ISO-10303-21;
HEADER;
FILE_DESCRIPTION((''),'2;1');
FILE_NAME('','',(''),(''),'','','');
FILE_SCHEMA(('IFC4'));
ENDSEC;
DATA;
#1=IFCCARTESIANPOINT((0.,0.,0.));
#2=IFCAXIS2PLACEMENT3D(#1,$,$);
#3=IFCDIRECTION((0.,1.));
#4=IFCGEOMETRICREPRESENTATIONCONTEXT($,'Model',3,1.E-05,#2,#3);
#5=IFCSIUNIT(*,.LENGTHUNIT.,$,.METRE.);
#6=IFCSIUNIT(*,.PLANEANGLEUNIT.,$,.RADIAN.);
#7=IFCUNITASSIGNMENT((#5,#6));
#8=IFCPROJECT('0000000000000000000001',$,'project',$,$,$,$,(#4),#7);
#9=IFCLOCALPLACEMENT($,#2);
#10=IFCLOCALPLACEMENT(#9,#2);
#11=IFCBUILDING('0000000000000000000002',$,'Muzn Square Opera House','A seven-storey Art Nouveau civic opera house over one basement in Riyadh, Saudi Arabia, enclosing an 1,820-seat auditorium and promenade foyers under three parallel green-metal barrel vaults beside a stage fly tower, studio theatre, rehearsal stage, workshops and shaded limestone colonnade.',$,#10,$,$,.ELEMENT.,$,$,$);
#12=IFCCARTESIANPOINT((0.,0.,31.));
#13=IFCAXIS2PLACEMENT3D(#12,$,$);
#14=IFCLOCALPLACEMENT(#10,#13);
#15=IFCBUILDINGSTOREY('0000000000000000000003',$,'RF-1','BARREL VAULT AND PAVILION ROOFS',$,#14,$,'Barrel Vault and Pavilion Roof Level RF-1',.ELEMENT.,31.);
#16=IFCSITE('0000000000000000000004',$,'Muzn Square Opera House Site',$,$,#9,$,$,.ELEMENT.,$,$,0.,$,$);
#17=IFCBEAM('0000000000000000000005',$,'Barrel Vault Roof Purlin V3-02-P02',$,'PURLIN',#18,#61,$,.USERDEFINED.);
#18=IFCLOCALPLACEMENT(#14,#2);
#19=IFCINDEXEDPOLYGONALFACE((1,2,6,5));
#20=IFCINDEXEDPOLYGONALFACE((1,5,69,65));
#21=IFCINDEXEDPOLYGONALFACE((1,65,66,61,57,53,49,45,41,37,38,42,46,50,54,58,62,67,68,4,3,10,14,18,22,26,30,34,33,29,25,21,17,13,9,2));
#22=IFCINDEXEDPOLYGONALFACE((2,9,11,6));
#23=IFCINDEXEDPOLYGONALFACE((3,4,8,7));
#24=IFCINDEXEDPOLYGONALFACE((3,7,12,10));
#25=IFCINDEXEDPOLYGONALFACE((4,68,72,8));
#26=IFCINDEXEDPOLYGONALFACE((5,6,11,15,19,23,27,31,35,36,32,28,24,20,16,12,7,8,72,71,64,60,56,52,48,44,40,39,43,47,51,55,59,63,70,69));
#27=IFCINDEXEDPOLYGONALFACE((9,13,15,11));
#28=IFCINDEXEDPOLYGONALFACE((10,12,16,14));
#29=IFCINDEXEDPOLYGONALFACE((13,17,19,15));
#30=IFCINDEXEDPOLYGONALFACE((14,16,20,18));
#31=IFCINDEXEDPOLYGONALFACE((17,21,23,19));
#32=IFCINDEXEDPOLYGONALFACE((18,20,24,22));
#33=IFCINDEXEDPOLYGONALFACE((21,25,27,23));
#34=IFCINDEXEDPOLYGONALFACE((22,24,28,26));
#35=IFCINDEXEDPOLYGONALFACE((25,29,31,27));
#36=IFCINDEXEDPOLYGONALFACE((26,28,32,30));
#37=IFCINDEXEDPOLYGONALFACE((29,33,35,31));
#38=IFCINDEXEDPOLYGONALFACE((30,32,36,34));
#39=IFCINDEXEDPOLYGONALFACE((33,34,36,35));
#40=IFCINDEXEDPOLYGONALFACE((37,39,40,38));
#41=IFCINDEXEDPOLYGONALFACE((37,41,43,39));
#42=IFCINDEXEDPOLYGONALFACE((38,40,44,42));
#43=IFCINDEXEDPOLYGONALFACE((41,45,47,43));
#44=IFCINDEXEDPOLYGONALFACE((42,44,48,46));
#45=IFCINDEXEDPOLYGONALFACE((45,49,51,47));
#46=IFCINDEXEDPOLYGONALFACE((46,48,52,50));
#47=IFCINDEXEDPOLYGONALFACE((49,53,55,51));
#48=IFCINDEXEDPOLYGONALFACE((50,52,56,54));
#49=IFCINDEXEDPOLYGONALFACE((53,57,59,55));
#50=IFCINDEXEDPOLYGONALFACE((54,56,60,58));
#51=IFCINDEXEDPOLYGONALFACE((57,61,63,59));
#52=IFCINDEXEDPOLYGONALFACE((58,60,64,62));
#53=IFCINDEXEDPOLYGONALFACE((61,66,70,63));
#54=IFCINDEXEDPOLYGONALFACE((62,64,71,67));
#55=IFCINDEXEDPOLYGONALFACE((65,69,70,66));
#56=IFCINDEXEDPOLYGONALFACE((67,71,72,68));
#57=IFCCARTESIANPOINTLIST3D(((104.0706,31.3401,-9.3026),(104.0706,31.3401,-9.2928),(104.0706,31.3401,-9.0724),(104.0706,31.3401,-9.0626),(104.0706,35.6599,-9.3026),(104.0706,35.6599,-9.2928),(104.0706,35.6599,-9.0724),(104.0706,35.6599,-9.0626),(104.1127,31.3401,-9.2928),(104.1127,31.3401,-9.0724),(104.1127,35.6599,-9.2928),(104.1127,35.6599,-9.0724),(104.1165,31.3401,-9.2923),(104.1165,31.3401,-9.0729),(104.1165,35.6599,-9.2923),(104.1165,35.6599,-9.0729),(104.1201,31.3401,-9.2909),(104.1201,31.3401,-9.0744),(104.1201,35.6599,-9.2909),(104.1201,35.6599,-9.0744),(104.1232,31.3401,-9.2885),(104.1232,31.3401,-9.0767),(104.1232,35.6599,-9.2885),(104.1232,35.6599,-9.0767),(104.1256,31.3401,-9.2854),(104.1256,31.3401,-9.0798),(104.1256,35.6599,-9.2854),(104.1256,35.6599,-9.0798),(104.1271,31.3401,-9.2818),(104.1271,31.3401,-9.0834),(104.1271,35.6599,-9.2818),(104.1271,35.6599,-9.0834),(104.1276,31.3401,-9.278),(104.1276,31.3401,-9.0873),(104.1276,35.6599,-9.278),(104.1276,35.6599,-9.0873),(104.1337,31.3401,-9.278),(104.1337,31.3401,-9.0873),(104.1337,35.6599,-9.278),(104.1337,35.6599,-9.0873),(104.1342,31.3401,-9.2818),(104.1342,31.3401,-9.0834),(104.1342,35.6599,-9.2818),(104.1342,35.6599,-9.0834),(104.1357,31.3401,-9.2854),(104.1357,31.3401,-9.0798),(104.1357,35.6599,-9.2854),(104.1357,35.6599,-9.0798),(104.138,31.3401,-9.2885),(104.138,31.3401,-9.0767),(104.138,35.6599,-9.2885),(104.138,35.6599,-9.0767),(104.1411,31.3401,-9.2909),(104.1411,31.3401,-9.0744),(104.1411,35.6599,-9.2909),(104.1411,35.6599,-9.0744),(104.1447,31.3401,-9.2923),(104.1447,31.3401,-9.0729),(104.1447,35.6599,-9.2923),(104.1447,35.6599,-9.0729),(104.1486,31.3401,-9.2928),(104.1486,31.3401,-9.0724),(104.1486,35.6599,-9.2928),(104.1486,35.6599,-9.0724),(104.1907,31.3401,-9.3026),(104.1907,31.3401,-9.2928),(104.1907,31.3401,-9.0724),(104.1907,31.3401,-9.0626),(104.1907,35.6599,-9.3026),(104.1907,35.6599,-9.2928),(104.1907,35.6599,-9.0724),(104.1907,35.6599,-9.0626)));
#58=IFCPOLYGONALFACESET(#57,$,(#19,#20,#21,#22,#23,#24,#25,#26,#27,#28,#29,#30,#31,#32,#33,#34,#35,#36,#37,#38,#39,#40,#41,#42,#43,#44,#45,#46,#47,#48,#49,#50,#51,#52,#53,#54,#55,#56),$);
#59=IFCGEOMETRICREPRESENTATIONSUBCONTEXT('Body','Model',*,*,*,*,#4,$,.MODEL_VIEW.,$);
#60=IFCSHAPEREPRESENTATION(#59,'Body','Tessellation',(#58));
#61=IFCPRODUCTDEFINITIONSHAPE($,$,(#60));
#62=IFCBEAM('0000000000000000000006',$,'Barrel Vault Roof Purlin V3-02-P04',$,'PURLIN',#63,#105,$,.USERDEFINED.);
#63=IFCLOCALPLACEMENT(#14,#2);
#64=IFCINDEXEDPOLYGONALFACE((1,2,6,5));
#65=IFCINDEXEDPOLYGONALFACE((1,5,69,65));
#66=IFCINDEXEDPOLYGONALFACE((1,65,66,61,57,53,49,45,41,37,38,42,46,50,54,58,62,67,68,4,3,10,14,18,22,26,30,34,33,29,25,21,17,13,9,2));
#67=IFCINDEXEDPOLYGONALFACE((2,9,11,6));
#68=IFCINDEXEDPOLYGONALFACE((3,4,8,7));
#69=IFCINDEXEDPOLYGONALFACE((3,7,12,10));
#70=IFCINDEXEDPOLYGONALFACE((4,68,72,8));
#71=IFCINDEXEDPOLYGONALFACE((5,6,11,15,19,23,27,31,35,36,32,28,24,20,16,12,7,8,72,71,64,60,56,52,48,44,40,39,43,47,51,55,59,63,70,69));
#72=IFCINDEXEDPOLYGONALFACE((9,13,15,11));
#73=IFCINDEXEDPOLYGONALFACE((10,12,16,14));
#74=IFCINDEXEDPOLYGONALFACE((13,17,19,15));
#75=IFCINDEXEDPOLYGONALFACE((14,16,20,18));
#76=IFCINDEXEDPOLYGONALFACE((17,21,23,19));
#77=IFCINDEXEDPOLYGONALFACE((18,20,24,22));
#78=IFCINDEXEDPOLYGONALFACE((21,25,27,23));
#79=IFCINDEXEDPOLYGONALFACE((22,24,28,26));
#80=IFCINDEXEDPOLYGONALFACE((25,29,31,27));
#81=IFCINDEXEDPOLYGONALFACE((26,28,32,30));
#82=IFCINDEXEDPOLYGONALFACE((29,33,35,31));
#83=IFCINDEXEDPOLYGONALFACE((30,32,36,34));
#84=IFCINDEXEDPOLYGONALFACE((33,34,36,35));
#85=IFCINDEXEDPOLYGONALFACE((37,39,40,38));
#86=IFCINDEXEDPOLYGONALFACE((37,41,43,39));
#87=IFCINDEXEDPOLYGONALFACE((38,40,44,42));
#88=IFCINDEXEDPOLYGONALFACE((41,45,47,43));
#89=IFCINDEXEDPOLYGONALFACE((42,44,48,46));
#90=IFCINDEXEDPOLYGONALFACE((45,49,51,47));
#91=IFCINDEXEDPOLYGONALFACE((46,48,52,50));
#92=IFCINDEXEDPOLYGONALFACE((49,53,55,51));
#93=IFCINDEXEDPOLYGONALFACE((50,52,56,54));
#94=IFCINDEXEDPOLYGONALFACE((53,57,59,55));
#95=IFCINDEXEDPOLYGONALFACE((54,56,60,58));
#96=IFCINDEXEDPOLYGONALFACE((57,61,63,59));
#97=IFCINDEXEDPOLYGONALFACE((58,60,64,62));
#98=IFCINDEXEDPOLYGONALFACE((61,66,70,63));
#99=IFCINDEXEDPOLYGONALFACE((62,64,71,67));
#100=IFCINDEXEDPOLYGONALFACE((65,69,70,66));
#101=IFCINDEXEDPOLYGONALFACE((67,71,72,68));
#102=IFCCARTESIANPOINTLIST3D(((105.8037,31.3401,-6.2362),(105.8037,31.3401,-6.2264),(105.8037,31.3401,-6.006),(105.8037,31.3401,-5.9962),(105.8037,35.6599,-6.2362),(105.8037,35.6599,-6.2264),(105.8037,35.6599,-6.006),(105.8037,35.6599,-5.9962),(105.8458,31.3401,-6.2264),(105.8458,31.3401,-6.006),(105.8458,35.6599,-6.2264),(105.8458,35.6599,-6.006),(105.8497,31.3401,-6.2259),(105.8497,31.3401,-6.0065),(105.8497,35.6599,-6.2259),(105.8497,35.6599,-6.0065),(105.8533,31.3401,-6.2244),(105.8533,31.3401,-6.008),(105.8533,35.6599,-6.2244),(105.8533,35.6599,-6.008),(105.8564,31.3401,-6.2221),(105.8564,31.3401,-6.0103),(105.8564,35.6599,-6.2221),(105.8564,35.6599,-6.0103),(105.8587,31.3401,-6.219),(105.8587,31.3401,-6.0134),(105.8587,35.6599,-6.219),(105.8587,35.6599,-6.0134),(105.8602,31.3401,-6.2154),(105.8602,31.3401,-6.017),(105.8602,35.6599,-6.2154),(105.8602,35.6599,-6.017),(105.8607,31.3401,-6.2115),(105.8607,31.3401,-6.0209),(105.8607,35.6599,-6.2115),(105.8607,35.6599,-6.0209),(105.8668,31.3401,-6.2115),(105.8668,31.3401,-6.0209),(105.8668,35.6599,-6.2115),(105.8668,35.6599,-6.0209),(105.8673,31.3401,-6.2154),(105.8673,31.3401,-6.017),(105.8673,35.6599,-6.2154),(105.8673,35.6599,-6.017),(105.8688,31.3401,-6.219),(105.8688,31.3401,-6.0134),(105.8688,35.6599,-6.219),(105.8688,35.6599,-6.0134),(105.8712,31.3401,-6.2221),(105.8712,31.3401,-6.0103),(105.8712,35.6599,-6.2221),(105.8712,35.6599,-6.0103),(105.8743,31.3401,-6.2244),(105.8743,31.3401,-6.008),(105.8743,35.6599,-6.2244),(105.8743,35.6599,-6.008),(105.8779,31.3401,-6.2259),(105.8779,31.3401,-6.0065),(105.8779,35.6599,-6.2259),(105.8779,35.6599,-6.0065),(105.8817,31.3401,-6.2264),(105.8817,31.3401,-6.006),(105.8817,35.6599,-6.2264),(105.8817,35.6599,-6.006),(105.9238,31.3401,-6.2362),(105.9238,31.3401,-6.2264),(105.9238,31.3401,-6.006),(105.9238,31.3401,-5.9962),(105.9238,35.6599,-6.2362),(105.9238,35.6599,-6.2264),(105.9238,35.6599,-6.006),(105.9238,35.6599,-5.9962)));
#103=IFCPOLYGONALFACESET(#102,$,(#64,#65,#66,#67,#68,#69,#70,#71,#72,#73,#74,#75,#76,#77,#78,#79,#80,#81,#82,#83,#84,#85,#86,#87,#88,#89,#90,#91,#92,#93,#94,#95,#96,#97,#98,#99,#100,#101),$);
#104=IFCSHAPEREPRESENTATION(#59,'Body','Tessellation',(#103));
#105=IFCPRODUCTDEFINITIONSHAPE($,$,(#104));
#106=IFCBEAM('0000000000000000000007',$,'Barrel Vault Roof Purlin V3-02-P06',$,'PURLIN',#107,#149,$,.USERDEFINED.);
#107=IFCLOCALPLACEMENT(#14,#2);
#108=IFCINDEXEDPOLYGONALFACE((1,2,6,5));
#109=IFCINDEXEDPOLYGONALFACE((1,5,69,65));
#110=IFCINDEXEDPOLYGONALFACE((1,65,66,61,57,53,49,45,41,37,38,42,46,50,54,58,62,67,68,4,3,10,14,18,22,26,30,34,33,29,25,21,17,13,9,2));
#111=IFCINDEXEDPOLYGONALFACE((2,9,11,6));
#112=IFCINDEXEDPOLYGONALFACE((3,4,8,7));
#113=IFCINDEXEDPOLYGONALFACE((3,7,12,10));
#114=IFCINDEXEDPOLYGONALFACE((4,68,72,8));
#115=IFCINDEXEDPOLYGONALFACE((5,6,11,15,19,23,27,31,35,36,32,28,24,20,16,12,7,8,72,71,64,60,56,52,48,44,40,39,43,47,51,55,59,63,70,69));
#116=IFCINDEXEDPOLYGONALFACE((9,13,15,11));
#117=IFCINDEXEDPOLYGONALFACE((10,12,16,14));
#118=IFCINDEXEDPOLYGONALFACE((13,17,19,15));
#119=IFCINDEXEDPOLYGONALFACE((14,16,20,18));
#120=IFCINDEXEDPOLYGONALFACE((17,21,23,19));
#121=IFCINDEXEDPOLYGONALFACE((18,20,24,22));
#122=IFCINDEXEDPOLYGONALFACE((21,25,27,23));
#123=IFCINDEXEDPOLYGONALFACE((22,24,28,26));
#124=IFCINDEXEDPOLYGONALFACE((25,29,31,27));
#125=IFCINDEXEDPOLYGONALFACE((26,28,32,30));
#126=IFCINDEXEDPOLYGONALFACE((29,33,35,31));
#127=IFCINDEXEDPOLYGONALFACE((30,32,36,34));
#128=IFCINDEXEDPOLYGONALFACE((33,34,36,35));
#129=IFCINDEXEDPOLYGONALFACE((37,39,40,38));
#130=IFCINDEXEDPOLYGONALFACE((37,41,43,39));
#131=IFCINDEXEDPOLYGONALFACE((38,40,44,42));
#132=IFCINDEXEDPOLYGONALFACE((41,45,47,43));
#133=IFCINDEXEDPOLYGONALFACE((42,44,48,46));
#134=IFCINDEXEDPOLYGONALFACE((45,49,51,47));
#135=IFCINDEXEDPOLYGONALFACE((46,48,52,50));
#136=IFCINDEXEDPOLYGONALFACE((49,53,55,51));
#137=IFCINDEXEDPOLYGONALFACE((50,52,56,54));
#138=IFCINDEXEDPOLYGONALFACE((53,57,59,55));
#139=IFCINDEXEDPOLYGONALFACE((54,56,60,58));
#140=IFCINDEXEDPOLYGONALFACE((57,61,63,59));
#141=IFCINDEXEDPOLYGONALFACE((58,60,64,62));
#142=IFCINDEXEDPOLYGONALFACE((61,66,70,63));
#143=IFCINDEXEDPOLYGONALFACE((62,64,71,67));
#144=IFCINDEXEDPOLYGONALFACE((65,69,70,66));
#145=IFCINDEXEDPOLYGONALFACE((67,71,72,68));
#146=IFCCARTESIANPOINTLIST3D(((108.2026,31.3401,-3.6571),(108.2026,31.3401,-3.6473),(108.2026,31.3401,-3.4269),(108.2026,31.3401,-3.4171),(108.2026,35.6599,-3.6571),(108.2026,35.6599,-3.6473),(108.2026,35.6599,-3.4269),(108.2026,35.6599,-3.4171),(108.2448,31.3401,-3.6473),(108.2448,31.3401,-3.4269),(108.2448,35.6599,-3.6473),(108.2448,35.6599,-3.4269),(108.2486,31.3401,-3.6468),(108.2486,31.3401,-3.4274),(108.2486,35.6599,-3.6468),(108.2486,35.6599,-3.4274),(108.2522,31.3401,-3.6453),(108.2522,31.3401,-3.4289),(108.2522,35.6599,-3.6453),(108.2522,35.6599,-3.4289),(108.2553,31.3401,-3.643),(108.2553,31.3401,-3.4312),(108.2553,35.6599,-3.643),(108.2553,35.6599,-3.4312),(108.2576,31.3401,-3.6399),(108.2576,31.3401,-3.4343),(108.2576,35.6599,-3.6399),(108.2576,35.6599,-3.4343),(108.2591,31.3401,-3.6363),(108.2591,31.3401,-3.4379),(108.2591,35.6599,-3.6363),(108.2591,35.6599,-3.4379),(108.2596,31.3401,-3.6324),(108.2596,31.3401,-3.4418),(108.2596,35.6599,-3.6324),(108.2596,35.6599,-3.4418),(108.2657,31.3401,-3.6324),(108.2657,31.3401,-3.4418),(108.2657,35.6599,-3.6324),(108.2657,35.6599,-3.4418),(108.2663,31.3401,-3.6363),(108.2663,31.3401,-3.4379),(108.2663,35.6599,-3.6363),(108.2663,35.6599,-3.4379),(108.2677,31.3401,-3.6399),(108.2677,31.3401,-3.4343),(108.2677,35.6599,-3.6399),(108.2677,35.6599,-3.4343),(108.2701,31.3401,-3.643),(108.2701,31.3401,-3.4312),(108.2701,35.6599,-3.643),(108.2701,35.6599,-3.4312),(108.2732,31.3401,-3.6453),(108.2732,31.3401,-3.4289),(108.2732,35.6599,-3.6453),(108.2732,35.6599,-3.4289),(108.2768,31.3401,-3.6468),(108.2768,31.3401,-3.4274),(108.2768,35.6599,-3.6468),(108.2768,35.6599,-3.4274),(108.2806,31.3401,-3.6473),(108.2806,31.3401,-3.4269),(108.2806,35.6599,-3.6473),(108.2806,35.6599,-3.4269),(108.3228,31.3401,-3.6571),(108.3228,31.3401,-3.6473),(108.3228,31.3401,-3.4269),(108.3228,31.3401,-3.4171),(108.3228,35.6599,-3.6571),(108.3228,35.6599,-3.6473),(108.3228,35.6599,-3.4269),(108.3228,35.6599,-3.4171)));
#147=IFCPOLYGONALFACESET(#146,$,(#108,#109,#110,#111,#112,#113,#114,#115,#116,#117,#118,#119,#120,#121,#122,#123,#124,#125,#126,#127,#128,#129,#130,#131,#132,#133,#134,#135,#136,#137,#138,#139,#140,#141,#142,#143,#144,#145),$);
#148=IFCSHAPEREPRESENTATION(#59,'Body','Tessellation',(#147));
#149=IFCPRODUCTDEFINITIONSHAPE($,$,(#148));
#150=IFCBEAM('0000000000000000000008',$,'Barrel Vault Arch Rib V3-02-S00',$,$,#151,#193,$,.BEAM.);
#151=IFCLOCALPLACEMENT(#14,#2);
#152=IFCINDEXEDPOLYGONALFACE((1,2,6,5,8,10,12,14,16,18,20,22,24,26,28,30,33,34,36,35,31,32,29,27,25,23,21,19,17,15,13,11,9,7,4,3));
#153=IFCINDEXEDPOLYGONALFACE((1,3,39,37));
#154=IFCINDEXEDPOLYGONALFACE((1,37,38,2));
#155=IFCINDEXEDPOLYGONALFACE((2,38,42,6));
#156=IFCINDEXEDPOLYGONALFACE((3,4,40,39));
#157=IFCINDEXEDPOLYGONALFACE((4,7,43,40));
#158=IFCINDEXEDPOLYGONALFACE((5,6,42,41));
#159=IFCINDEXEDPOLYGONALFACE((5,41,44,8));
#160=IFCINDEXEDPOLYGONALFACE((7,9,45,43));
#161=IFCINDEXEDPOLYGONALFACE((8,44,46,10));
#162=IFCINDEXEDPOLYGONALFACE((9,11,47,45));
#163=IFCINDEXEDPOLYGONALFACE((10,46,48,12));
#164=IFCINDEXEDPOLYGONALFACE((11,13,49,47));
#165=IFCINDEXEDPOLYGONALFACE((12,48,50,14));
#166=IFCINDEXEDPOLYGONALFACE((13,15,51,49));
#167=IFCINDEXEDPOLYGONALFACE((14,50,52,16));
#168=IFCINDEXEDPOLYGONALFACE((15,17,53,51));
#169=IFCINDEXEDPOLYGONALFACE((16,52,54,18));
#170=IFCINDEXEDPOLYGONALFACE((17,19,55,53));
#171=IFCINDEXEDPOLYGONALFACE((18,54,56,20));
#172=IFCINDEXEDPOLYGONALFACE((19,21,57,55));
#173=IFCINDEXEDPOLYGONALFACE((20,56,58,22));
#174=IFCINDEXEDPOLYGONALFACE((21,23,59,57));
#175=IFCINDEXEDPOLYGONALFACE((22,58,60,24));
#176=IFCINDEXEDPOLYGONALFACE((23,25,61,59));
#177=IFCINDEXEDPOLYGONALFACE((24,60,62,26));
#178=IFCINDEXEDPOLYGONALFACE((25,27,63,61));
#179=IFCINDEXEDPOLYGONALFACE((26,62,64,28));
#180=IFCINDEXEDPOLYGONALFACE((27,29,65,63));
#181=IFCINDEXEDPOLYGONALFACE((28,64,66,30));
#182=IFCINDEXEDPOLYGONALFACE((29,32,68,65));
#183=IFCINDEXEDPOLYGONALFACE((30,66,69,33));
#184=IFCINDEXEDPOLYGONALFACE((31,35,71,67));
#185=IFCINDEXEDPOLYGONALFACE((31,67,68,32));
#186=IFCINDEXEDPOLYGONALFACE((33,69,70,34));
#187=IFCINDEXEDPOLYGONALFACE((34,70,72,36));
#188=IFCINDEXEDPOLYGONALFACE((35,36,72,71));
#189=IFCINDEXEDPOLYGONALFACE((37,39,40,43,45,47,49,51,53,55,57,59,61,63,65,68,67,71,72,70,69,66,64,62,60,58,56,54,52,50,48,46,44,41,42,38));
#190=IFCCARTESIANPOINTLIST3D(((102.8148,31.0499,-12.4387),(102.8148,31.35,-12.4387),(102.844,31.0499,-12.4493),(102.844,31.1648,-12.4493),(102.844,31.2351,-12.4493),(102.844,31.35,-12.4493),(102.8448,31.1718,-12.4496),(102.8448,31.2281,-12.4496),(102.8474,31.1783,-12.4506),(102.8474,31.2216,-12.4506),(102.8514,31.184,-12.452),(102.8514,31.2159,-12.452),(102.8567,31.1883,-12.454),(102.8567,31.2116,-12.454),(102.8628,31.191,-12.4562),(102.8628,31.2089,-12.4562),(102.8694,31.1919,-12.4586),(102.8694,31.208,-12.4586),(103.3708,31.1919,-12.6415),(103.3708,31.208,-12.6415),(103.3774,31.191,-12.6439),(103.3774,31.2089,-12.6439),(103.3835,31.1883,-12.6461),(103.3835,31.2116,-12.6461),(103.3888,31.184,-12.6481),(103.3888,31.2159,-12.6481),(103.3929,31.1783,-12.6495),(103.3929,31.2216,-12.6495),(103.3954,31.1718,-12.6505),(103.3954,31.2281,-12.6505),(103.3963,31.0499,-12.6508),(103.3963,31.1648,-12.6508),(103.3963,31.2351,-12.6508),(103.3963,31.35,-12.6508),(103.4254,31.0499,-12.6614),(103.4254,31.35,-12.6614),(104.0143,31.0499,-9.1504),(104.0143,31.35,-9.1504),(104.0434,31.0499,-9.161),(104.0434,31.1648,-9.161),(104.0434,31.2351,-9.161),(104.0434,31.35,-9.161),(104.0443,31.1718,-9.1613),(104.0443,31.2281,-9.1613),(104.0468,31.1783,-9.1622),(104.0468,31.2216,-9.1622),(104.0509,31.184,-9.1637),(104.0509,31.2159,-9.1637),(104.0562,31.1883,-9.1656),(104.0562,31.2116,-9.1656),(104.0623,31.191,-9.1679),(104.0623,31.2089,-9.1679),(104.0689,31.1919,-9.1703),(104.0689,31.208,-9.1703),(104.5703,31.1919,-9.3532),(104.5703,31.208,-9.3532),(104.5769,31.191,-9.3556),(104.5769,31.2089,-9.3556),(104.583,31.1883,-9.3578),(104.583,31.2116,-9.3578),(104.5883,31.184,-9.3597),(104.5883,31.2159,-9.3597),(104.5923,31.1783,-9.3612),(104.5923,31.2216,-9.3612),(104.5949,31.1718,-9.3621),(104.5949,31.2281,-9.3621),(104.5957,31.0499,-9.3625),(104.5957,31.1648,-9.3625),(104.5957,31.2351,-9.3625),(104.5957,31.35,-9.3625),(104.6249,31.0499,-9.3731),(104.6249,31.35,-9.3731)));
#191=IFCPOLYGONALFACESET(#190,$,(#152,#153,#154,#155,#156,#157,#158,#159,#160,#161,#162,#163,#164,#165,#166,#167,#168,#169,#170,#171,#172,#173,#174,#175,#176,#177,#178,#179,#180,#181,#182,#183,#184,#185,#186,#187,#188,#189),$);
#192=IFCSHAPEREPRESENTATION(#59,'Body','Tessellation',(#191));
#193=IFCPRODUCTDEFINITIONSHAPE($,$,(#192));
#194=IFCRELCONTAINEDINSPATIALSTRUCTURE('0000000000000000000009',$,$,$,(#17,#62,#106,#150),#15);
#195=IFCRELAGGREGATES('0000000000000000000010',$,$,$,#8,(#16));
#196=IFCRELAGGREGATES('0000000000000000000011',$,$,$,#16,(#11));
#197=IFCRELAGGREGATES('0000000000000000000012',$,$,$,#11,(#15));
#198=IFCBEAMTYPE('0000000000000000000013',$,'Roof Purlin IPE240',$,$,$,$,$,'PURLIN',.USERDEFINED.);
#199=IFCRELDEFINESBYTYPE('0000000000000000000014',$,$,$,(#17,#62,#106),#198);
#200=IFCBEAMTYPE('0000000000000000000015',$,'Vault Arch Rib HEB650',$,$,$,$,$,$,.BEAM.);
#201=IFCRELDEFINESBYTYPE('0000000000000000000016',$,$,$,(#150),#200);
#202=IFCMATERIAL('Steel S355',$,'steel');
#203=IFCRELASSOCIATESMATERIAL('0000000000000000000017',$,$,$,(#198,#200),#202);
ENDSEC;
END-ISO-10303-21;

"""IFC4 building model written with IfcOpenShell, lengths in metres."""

from ifc_helpers import new_model, si_unit, direction, frame, origin, origin_2d, place, context, subcontext, project, spatial, i_section, extrude, material, material_profile, profile_set, type_object, element, save


model = new_model("IFC4")

# Units and contexts
model_context = context("Model", 3, precision=1e-05, world=origin(), true_north=direction((0.0, 1.0)))
body_context = subcontext(model_context, "Body", "Model", "MODEL_VIEW")
ifc_project = project(units=[si_unit("LENGTHUNIT", "METRE"), si_unit("PLANEANGLEUNIT", "RADIAN")], contexts=[model_context])

# Site, building, storey
site_placement = place(None, origin())
site = spatial("IfcSite", under=ifc_project, at=site_placement, Name="Muzn Square Opera House Site", CompositionType="ELEMENT", RefElevation=0.0)
building_placement = place(site_placement, origin())
building = spatial("IfcBuilding", under=site, at=building_placement, Name="Muzn Square Opera House", Description="A seven-storey Art Nouveau civic opera house over one basement in Riyadh, Saudi Arabia, enclosing an 1,820-seat auditorium and promenade foyers under three parallel green-metal barrel vaults beside a stage fly tower, studio theatre, rehearsal stage, workshops and shaded limestone colonnade.", CompositionType="ELEMENT")
storey_placement = place(building_placement, frame((0.0, 0.0, 31.0)))
storey = spatial("IfcBuildingStorey", under=building, at=storey_placement, Name="RF-1", Description="BARREL VAULT AND PAVILION ROOFS", LongName="Barrel Vault and Pavilion Roof Level RF-1", CompositionType="ELEMENT", Elevation=31.0)

# Beams
ifc_material_1 = material(Name="Steel S355", Category="steel")
ifc_material_profile_1 = material_profile(ifc_material_1, i_section(OverallWidth=0.1201, OverallDepth=0.24, WebThickness=0.0061, FlangeThickness=0.0098, FilletRadius=0.0149, at=origin_2d()), Name="IPE 240", Category="steel")
ifc_profile_set_1 = profile_set([ifc_material_profile_1], Name="Steel S355")
beam_type_1 = type_object("IfcBeamType", Name="Roof Purlin IPE240", ElementType="PURLIN", PredefinedType="USERDEFINED", material=ifc_profile_set_1)
for number, where, z_axis, x_axis, name in (
    (1, (104.1306, 31.3401, -9.1826), (0.0, 1.0, 0.0), (-1.0, 0.0, 0.0), "Barrel Vault Roof Purlin V3-02-P02"),
    (2, (105.8638, 31.3401, -6.1162), (0.0, 1.0, 0.0), (-1.0, 0.0, 0.0), "Barrel Vault Roof Purlin V3-02-P04"),
    (3, (108.2627, 31.3401, -3.5371), (0.0, 1.0, 0.0), (-1.0, 0.0, 0.0), "Barrel Vault Roof Purlin V3-02-P06"),
):
    element("IfcBeam", number, at=place(storey_placement, frame(where, z_axis=z_axis, x_axis=x_axis)), inside=storey, type_object=beam_type_1, Name=name, ObjectType="PURLIN", PredefinedType="USERDEFINED", context=body_context, shape_type="SweptSolid", body=[
        extrude(i_section(OverallWidth=0.1201, OverallDepth=0.24, WebThickness=0.0061, FlangeThickness=0.0098, FilletRadius=0.0149, at=origin_2d()), origin(), (0.0, 0.0, 1.0), 4.3198),
    ])
ifc_material_profile_2 = material_profile(ifc_material_1, i_section(OverallWidth=0.3, OverallDepth=0.6499, WebThickness=0.0161, FlangeThickness=0.031, FilletRadius=0.0271, at=origin_2d()), Name="HEB 650", Category="steel")
ifc_profile_set_2 = profile_set([ifc_material_profile_2], Name="Steel S355")
beam_type_2 = type_object("IfcBeamType", Name="Vault Arch Rib HEB650", PredefinedType="BEAM", material=ifc_profile_set_2)
beam_1_placement = place(storey_placement, frame((103.1201, 31.2, -12.55), z_axis=(0.342678, 0.0, 0.939453), x_axis=(0.0, 1.0, 0.0)))
element("IfcBeam", 4, at=beam_1_placement, inside=storey, type_object=beam_type_2, Name="Barrel Vault Arch Rib V3-02-S00", PredefinedType="BEAM", context=body_context, shape_type="SweptSolid", body=[
    extrude(i_section(OverallWidth=0.3, OverallDepth=0.6499, WebThickness=0.0161, FlangeThickness=0.031, FilletRadius=0.0271, at=origin_2d()), origin(), (0.0, 0.0, 1.0), 3.5002),
])

save(model, "model.ifc")
